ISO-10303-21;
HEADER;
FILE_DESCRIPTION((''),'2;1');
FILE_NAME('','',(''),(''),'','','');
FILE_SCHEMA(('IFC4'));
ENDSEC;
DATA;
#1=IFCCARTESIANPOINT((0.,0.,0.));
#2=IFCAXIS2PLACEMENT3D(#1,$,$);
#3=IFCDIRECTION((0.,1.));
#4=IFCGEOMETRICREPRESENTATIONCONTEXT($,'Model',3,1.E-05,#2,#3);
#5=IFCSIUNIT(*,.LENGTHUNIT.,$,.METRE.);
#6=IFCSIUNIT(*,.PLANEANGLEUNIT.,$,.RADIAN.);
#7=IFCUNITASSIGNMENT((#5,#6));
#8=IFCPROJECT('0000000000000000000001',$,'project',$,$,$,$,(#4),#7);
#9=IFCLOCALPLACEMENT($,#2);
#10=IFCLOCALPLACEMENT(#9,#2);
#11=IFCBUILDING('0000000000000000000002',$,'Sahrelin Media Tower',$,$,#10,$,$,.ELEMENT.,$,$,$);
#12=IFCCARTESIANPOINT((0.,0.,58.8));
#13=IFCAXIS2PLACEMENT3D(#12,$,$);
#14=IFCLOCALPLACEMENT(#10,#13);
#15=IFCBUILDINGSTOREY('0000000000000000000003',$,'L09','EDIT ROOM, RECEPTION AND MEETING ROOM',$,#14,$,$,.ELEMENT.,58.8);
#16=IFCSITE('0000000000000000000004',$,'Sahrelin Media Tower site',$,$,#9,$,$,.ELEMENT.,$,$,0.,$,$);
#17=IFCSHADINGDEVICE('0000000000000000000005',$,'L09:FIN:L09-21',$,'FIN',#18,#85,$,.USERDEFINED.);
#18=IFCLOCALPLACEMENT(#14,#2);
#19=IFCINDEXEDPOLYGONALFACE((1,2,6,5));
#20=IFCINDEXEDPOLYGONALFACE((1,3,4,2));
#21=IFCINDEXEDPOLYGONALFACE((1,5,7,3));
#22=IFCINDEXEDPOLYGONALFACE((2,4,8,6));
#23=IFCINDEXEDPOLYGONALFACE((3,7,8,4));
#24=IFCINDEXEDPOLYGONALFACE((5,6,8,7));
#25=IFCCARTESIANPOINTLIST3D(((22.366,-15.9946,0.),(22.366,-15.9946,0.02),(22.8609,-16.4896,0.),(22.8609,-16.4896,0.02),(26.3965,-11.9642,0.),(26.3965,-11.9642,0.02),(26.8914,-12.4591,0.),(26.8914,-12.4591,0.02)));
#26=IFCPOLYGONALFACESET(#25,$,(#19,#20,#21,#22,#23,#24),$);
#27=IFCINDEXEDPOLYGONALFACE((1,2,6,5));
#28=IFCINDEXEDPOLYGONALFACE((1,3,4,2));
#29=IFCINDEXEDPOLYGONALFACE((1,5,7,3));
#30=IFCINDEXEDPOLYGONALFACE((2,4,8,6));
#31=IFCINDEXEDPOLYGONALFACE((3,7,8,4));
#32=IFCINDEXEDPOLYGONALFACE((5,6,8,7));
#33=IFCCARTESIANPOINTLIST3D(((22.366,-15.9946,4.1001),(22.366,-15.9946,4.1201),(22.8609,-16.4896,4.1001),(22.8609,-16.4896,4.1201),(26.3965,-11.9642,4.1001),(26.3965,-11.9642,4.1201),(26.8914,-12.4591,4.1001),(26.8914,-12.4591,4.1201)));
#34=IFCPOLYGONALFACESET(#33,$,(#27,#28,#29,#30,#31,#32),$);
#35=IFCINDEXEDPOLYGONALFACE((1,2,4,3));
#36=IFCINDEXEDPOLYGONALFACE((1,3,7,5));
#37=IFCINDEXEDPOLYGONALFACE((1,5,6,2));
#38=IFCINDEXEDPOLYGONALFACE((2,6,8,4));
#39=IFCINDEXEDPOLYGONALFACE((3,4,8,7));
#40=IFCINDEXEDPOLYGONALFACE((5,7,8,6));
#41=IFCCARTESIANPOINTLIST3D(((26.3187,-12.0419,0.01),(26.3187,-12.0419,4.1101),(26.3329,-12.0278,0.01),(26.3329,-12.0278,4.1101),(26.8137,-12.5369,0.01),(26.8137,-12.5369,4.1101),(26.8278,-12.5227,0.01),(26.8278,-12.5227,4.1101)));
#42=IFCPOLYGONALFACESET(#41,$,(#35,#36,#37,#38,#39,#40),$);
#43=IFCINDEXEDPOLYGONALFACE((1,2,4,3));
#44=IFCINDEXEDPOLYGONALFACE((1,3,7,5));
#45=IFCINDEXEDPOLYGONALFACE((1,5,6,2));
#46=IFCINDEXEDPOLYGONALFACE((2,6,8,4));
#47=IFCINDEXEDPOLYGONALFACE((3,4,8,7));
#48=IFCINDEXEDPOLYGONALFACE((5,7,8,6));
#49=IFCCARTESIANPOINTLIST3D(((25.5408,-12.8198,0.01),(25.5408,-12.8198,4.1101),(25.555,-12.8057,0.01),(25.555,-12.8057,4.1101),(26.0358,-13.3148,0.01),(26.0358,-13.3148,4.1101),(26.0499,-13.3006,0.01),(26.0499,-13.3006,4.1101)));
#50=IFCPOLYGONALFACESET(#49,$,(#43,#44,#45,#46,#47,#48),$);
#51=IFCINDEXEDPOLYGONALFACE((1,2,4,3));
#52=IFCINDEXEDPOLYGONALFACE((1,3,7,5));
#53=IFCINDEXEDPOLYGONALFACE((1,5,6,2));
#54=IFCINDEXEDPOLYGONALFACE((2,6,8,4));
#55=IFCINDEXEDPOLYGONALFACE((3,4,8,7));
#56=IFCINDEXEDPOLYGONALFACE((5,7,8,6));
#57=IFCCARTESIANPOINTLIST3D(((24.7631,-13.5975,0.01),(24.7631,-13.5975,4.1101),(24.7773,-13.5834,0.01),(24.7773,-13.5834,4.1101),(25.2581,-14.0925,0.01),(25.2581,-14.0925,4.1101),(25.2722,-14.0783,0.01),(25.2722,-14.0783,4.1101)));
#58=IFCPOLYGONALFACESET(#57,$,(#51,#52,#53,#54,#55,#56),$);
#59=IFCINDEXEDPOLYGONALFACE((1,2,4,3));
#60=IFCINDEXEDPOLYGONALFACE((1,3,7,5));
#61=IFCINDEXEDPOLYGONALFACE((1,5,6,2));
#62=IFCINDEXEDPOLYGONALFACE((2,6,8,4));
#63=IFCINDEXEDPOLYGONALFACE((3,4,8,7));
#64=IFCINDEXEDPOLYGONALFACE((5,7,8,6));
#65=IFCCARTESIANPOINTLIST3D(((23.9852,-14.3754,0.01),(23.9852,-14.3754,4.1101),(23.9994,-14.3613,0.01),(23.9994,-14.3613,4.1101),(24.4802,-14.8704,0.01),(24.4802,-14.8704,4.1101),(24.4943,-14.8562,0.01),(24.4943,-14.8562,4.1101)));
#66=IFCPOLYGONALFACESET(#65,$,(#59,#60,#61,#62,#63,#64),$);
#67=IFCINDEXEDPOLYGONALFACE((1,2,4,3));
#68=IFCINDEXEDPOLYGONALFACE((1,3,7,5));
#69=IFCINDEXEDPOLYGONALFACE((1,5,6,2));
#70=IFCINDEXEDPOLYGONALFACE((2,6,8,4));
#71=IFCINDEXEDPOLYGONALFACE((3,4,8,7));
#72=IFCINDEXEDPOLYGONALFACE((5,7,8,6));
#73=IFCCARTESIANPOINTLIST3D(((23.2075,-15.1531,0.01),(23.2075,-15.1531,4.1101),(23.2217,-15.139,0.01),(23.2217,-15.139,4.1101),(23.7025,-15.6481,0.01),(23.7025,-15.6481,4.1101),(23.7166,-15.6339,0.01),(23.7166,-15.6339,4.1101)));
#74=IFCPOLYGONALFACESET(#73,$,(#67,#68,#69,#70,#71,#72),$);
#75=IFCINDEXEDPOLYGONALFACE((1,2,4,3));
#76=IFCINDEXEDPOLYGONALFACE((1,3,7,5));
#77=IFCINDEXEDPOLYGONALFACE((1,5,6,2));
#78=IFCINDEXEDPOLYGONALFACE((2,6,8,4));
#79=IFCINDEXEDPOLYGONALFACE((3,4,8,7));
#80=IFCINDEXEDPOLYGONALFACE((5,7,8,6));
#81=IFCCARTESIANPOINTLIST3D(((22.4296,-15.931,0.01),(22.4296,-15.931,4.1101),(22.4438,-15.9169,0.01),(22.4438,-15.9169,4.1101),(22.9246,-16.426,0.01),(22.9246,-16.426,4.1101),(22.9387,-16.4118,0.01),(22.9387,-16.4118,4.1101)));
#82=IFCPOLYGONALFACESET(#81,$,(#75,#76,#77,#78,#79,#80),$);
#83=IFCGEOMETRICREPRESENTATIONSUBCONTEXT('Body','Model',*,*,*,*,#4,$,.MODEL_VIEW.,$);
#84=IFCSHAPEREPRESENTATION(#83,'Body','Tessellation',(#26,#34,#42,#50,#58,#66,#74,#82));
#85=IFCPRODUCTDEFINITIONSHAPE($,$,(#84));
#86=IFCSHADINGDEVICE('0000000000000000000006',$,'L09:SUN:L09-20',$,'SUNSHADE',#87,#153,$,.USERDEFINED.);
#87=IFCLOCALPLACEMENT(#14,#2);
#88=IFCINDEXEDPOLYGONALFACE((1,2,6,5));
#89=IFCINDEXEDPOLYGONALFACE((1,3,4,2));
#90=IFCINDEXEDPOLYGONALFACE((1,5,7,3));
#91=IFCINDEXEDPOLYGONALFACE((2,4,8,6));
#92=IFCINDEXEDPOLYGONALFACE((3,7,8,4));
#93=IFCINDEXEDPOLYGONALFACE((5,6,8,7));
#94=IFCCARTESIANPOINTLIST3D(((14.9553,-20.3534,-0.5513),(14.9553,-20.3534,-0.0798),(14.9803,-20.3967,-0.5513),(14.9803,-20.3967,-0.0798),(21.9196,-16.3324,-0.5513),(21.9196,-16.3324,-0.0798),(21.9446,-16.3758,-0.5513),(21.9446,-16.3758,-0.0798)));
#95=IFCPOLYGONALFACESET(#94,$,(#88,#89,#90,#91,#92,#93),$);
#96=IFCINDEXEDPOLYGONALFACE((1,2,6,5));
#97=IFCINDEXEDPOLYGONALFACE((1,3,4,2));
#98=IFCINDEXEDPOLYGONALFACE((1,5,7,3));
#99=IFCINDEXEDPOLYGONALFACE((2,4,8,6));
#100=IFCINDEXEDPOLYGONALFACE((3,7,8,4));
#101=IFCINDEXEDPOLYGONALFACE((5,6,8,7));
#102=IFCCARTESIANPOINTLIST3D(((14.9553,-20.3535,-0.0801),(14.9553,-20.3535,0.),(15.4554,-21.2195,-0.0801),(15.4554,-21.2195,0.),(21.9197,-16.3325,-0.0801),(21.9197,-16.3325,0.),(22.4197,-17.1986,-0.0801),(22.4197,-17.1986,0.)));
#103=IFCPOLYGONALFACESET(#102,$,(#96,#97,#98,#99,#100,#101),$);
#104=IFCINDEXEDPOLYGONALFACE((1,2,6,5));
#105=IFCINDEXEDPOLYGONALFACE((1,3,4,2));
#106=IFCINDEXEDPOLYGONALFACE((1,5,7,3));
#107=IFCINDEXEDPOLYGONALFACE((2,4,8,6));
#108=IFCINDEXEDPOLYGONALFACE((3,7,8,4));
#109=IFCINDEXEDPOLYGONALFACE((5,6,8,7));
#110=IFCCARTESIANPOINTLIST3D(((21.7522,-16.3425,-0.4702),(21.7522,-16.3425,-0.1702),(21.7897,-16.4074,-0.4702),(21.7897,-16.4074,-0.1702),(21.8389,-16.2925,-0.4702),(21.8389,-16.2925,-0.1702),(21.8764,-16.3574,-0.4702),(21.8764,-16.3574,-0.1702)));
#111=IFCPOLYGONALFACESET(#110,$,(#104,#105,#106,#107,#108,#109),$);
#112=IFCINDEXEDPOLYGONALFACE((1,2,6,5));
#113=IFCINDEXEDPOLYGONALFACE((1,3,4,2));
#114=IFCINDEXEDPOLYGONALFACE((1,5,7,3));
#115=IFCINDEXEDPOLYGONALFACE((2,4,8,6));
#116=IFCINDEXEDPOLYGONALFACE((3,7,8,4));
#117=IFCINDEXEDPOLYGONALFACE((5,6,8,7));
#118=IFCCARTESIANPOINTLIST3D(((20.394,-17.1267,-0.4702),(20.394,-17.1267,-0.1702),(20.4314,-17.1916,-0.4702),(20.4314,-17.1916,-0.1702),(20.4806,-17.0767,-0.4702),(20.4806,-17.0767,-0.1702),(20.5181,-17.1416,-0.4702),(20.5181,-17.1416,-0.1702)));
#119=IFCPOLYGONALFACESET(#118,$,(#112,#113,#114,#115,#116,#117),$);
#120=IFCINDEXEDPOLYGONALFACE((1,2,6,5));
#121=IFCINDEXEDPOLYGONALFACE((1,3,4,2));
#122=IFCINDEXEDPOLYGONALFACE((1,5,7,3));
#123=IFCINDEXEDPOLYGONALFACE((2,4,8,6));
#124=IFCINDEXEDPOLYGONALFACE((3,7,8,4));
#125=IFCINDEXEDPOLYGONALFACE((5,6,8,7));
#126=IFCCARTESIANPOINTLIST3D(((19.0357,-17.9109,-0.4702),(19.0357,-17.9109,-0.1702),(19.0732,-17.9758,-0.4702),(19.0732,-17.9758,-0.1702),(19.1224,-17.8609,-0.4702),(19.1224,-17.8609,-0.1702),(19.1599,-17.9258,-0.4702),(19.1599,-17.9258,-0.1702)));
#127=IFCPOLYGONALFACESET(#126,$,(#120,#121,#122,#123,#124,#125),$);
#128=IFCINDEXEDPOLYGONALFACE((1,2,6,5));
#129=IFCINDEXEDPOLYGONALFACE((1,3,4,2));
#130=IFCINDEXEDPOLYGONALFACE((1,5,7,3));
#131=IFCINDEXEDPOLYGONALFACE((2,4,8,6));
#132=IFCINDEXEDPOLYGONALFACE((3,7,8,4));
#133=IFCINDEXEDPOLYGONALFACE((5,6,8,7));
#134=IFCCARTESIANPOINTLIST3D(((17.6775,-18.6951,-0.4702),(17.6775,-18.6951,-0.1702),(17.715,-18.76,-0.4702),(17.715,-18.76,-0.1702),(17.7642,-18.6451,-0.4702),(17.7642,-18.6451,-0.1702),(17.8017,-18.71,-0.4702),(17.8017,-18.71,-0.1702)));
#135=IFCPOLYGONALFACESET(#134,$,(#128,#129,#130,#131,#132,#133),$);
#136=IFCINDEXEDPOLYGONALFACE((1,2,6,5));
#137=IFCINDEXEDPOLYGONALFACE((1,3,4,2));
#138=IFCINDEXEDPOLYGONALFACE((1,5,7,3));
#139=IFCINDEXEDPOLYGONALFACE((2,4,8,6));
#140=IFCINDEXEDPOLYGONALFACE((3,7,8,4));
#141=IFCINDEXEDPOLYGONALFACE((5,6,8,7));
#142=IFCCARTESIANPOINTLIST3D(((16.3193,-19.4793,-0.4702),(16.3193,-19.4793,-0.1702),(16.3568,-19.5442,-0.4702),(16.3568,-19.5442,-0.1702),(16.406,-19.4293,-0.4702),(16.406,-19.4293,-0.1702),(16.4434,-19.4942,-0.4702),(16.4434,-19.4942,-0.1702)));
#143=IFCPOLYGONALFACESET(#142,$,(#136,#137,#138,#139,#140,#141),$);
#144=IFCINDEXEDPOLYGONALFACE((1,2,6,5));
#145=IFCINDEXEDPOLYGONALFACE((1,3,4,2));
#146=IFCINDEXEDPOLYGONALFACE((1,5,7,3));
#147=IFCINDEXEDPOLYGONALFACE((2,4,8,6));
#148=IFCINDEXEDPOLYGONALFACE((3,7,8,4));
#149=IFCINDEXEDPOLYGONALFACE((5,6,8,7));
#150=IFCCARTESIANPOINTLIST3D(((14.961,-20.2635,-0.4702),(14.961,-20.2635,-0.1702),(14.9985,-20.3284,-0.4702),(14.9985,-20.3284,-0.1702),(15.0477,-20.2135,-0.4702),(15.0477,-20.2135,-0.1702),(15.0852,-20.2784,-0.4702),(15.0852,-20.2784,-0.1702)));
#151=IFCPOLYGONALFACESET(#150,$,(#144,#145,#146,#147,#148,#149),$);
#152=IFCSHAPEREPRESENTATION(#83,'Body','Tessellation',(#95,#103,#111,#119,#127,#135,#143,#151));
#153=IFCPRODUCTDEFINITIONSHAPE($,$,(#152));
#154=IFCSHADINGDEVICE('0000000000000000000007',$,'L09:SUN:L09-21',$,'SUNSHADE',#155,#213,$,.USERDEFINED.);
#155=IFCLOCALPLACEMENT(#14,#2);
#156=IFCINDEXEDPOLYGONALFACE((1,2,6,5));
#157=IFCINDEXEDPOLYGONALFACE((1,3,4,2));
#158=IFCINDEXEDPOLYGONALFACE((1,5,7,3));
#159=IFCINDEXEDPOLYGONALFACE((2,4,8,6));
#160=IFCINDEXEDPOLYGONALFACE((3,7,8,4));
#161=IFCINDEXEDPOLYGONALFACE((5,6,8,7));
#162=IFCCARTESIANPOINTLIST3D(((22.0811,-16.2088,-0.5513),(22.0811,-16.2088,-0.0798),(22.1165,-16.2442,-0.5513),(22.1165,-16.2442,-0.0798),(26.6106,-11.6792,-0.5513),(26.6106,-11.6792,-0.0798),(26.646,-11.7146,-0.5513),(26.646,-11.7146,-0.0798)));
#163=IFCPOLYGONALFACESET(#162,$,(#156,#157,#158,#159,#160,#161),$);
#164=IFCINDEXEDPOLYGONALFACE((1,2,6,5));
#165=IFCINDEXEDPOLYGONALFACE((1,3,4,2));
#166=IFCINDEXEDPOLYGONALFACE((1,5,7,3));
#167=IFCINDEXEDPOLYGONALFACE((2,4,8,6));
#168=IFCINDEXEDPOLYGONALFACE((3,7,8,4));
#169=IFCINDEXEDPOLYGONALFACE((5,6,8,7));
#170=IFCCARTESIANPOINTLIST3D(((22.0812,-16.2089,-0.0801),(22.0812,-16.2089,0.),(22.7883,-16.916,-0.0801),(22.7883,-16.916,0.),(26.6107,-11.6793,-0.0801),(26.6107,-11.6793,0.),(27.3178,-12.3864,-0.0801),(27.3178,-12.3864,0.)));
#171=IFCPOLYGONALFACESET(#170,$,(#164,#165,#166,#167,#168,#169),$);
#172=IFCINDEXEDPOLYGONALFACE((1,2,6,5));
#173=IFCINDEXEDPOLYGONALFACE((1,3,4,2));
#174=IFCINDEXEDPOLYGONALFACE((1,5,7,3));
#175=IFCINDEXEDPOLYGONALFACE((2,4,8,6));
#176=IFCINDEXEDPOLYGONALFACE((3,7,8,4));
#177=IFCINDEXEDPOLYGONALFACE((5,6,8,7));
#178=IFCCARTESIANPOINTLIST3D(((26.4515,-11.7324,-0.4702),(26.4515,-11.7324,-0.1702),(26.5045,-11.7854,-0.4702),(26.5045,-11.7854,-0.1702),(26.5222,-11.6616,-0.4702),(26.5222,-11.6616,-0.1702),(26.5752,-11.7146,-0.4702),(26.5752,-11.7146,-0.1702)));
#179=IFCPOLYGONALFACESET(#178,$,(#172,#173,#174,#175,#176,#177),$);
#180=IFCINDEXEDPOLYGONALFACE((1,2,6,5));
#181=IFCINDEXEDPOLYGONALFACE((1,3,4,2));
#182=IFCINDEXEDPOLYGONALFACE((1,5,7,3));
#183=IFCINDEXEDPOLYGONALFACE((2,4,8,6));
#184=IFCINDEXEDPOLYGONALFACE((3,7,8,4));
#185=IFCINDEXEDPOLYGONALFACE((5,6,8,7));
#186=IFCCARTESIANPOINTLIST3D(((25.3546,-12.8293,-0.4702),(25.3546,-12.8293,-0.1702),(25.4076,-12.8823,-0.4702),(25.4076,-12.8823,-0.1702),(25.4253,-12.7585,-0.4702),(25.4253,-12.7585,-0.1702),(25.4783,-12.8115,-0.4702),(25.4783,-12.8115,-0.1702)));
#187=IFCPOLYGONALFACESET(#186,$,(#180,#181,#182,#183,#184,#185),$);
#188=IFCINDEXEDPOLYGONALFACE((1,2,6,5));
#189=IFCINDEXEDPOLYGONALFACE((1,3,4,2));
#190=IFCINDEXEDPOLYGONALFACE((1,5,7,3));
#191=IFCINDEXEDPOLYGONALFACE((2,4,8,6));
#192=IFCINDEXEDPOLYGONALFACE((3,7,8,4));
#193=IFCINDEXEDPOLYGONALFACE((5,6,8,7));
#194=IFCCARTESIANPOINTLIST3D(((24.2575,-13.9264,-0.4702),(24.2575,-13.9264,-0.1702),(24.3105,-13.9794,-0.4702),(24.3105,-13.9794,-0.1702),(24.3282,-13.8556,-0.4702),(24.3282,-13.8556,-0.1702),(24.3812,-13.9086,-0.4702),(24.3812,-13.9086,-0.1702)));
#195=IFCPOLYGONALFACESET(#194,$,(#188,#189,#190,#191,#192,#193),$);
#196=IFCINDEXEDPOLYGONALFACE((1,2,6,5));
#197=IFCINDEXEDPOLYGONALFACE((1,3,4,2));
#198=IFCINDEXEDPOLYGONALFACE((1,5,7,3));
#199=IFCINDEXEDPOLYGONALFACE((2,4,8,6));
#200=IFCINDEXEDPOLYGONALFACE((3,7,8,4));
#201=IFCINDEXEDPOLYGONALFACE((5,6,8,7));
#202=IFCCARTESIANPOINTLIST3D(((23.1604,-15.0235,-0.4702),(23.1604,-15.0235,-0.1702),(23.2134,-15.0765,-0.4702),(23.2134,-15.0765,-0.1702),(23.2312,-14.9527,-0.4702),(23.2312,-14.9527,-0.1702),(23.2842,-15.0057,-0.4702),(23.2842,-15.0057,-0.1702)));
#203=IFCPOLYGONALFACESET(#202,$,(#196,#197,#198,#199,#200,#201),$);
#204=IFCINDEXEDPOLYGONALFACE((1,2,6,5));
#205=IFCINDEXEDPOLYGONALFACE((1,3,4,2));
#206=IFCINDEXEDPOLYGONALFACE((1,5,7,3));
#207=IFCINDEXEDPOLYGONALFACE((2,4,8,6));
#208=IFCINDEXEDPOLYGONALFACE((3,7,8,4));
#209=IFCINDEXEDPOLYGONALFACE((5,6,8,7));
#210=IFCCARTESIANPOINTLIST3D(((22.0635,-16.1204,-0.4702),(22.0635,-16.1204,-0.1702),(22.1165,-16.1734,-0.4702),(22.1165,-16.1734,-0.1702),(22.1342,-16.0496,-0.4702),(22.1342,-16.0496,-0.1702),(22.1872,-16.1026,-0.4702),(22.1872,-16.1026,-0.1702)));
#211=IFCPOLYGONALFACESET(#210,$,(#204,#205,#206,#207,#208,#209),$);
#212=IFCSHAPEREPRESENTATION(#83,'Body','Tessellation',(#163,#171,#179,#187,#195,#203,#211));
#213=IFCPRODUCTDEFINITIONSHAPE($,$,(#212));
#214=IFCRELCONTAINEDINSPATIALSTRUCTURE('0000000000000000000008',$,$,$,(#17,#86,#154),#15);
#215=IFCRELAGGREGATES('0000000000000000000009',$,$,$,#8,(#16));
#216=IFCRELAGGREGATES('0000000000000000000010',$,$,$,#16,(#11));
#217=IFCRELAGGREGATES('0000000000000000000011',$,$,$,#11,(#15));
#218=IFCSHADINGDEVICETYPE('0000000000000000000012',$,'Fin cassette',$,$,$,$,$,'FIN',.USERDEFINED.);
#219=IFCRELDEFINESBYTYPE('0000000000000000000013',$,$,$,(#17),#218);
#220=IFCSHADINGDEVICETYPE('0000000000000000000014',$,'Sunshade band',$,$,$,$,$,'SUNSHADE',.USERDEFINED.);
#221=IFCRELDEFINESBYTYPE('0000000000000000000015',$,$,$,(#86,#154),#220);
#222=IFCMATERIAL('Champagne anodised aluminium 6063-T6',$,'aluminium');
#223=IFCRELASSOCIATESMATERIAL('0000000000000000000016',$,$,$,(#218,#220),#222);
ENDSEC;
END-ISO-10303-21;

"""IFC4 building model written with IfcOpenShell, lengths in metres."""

from ifc_helpers import new_model, si_unit, direction, frame, origin, origin_2d, place, context, subcontext, project, spatial, rectangle, extrude, material, type_object, element, save


model = new_model("IFC4")

# Units and contexts
model_context = context("Model", 3, precision=1e-05, world=origin(), true_north=direction((0.0, 1.0)))
body_context = subcontext(model_context, "Body", "Model", "MODEL_VIEW")
ifc_project = project(units=[si_unit("LENGTHUNIT", "METRE"), si_unit("PLANEANGLEUNIT", "RADIAN")], contexts=[model_context])

# Site, building, storey
site_placement = place(None, origin())
site = spatial("IfcSite", under=ifc_project, at=site_placement, Name="Sahrelin Media Tower site", CompositionType="ELEMENT", RefElevation=0.0)
building_placement = place(site_placement, origin())
building = spatial("IfcBuilding", under=site, at=building_placement, Name="Sahrelin Media Tower", CompositionType="ELEMENT")
storey_placement = place(building_placement, frame((0.0, 0.0, 58.8)))
storey = spatial("IfcBuildingStorey", under=building, at=storey_placement, Name="L09", Description="EDIT ROOM, RECEPTION AND MEETING ROOM", CompositionType="ELEMENT", Elevation=58.8)

# Shared definitions
ifc_material_1 = material(Name="Champagne anodised aluminium 6063-T6", Category="aluminium")

# Shading devices
shading_device_type_1 = type_object("IfcShadingDeviceType", Name="Fin cassette", ElementType="FIN", PredefinedType="USERDEFINED", material=ifc_material_1)
placement_1 = place(storey_placement, frame((18.4275, -18.3257, 0.0), z_axis=(0.0, 0.0, 1.0), x_axis=(-0.866019, -0.500011, 0.0)))
placement_2 = place(storey_placement, frame((24.3318, -13.9299, 0.0), z_axis=(0.0, 0.0, 1.0), x_axis=(-0.707107, -0.707107, 0.0)))
element("IfcShadingDevice", 1, at=placement_2, inside=storey, type_object=shading_device_type_1, Name="L09:FIN:L09-21", ObjectType="FIN", PredefinedType="USERDEFINED", context=body_context, shape_type="SweptSolid", body=[
    extrude(rectangle(XDim=5.7, YDim=0.7, at=origin_2d()), frame((0.0, 0.4199, 0.0)), (0.0, 0.0, 1.0), 0.02),
    extrude(rectangle(XDim=5.7, YDim=0.7, at=origin_2d()), frame((0.0, 0.4199, 4.1001)), (0.0, 0.0, 1.0), 0.02),
    extrude(rectangle(XDim=0.02, YDim=0.7, at=origin_2d()), frame((-2.75, 0.4199, 0.01), z_axis=(0.0, 0.0, 1.0), x_axis=(1.0, 0.0, 0.0)), (0.0, 0.0, 1.0), 4.1001),
    extrude(rectangle(XDim=0.02, YDim=0.7, at=origin_2d()), frame((-1.6499, 0.4199, 0.01), z_axis=(0.0, 0.0, 1.0), x_axis=(1.0, 0.0, 0.0)), (0.0, 0.0, 1.0), 4.1001),
    extrude(rectangle(XDim=0.02, YDim=0.7, at=origin_2d()), frame((-0.55, 0.4199, 0.01), z_axis=(0.0, 0.0, 1.0), x_axis=(1.0, 0.0, 0.0)), (0.0, 0.0, 1.0), 4.1001),
    extrude(rectangle(XDim=0.02, YDim=0.7, at=origin_2d()), frame((0.55, 0.4199, 0.01), z_axis=(0.0, 0.0, 1.0), x_axis=(1.0, 0.0, 0.0)), (0.0, 0.0, 1.0), 4.1001),
    extrude(rectangle(XDim=0.02, YDim=0.7, at=origin_2d()), frame((1.6499, 0.4199, 0.01), z_axis=(0.0, 0.0, 1.0), x_axis=(1.0, 0.0, 0.0)), (0.0, 0.0, 1.0), 4.1001),
    extrude(rectangle(XDim=0.02, YDim=0.7, at=origin_2d()), frame((2.75, 0.4199, 0.01), z_axis=(0.0, 0.0, 1.0), x_axis=(1.0, 0.0, 0.0)), (0.0, 0.0, 1.0), 4.1001),
])
shading_device_type_2 = type_object("IfcShadingDeviceType", Name="Sunshade band", ElementType="SUNSHADE", PredefinedType="USERDEFINED", material=ifc_material_1)
element("IfcShadingDevice", 2, at=placement_1, inside=storey, type_object=shading_device_type_2, Name="L09:SUN:L09-20", ObjectType="SUNSHADE", PredefinedType="USERDEFINED", context=body_context, shape_type="SweptSolid", body=[
    extrude(rectangle(XDim=8.0417, YDim=0.05, at=origin_2d()), frame((0.0, 0.0449, -0.5513)), (0.0, 0.0, 1.0), 0.4714),
    extrude(rectangle(XDim=8.0417, YDim=1.0, at=origin_2d()), frame((0.0, 0.52, -0.0801)), (0.0, 0.0, 1.0), 0.0801),
    extrude(rectangle(XDim=0.1001, YDim=0.075, at=origin_2d()), frame((-3.9209, -0.0176, -0.4702)), (0.0, 0.0, 1.0), 0.3),
    extrude(rectangle(XDim=0.1001, YDim=0.075, at=origin_2d()), frame((-2.3525, -0.0176, -0.4702)), (0.0, 0.0, 1.0), 0.3),
    extrude(rectangle(XDim=0.1001, YDim=0.075, at=origin_2d()), frame((-0.7842, -0.0176, -0.4702)), (0.0, 0.0, 1.0), 0.3),
    extrude(rectangle(XDim=0.1001, YDim=0.075, at=origin_2d()), frame((0.7842, -0.0176, -0.4702)), (0.0, 0.0, 1.0), 0.3),
    extrude(rectangle(XDim=0.1001, YDim=0.075, at=origin_2d()), frame((2.3525, -0.0176, -0.4702)), (0.0, 0.0, 1.0), 0.3),
    extrude(rectangle(XDim=0.1001, YDim=0.075, at=origin_2d()), frame((3.9209, -0.0176, -0.4702)), (0.0, 0.0, 1.0), 0.3),
])
element("IfcShadingDevice", 3, at=placement_2, inside=storey, type_object=shading_device_type_2, Name="L09:SUN:L09-21", ObjectType="SUNSHADE", PredefinedType="USERDEFINED", context=body_context, shape_type="SweptSolid", body=[
    extrude(rectangle(XDim=6.4058, YDim=0.05, at=origin_2d()), frame((0.0, 0.0449, -0.5513)), (0.0, 0.0, 1.0), 0.4714),
    extrude(rectangle(XDim=6.4058, YDim=1.0, at=origin_2d()), frame((0.0, 0.52, -0.0801)), (0.0, 0.0, 1.0), 0.0801),
    extrude(rectangle(XDim=0.1001, YDim=0.075, at=origin_2d()), frame((-3.1028, -0.0176, -0.4702)), (0.0, 0.0, 1.0), 0.3),
    extrude(rectangle(XDim=0.1001, YDim=0.075, at=origin_2d()), frame((-1.5515, -0.0176, -0.4702)), (0.0, 0.0, 1.0), 0.3),
    extrude(rectangle(XDim=0.1001, YDim=0.075, at=origin_2d()), frame((0.0, -0.0176, -0.4702)), (0.0, 0.0, 1.0), 0.3),
    extrude(rectangle(XDim=0.1001, YDim=0.075, at=origin_2d()), frame((1.5515, -0.0176, -0.4702)), (0.0, 0.0, 1.0), 0.3),
    extrude(rectangle(XDim=0.1001, YDim=0.075, at=origin_2d()), frame((3.1028, -0.0176, -0.4702)), (0.0, 0.0, 1.0), 0.3),
])

save(model, "model.ifc")
